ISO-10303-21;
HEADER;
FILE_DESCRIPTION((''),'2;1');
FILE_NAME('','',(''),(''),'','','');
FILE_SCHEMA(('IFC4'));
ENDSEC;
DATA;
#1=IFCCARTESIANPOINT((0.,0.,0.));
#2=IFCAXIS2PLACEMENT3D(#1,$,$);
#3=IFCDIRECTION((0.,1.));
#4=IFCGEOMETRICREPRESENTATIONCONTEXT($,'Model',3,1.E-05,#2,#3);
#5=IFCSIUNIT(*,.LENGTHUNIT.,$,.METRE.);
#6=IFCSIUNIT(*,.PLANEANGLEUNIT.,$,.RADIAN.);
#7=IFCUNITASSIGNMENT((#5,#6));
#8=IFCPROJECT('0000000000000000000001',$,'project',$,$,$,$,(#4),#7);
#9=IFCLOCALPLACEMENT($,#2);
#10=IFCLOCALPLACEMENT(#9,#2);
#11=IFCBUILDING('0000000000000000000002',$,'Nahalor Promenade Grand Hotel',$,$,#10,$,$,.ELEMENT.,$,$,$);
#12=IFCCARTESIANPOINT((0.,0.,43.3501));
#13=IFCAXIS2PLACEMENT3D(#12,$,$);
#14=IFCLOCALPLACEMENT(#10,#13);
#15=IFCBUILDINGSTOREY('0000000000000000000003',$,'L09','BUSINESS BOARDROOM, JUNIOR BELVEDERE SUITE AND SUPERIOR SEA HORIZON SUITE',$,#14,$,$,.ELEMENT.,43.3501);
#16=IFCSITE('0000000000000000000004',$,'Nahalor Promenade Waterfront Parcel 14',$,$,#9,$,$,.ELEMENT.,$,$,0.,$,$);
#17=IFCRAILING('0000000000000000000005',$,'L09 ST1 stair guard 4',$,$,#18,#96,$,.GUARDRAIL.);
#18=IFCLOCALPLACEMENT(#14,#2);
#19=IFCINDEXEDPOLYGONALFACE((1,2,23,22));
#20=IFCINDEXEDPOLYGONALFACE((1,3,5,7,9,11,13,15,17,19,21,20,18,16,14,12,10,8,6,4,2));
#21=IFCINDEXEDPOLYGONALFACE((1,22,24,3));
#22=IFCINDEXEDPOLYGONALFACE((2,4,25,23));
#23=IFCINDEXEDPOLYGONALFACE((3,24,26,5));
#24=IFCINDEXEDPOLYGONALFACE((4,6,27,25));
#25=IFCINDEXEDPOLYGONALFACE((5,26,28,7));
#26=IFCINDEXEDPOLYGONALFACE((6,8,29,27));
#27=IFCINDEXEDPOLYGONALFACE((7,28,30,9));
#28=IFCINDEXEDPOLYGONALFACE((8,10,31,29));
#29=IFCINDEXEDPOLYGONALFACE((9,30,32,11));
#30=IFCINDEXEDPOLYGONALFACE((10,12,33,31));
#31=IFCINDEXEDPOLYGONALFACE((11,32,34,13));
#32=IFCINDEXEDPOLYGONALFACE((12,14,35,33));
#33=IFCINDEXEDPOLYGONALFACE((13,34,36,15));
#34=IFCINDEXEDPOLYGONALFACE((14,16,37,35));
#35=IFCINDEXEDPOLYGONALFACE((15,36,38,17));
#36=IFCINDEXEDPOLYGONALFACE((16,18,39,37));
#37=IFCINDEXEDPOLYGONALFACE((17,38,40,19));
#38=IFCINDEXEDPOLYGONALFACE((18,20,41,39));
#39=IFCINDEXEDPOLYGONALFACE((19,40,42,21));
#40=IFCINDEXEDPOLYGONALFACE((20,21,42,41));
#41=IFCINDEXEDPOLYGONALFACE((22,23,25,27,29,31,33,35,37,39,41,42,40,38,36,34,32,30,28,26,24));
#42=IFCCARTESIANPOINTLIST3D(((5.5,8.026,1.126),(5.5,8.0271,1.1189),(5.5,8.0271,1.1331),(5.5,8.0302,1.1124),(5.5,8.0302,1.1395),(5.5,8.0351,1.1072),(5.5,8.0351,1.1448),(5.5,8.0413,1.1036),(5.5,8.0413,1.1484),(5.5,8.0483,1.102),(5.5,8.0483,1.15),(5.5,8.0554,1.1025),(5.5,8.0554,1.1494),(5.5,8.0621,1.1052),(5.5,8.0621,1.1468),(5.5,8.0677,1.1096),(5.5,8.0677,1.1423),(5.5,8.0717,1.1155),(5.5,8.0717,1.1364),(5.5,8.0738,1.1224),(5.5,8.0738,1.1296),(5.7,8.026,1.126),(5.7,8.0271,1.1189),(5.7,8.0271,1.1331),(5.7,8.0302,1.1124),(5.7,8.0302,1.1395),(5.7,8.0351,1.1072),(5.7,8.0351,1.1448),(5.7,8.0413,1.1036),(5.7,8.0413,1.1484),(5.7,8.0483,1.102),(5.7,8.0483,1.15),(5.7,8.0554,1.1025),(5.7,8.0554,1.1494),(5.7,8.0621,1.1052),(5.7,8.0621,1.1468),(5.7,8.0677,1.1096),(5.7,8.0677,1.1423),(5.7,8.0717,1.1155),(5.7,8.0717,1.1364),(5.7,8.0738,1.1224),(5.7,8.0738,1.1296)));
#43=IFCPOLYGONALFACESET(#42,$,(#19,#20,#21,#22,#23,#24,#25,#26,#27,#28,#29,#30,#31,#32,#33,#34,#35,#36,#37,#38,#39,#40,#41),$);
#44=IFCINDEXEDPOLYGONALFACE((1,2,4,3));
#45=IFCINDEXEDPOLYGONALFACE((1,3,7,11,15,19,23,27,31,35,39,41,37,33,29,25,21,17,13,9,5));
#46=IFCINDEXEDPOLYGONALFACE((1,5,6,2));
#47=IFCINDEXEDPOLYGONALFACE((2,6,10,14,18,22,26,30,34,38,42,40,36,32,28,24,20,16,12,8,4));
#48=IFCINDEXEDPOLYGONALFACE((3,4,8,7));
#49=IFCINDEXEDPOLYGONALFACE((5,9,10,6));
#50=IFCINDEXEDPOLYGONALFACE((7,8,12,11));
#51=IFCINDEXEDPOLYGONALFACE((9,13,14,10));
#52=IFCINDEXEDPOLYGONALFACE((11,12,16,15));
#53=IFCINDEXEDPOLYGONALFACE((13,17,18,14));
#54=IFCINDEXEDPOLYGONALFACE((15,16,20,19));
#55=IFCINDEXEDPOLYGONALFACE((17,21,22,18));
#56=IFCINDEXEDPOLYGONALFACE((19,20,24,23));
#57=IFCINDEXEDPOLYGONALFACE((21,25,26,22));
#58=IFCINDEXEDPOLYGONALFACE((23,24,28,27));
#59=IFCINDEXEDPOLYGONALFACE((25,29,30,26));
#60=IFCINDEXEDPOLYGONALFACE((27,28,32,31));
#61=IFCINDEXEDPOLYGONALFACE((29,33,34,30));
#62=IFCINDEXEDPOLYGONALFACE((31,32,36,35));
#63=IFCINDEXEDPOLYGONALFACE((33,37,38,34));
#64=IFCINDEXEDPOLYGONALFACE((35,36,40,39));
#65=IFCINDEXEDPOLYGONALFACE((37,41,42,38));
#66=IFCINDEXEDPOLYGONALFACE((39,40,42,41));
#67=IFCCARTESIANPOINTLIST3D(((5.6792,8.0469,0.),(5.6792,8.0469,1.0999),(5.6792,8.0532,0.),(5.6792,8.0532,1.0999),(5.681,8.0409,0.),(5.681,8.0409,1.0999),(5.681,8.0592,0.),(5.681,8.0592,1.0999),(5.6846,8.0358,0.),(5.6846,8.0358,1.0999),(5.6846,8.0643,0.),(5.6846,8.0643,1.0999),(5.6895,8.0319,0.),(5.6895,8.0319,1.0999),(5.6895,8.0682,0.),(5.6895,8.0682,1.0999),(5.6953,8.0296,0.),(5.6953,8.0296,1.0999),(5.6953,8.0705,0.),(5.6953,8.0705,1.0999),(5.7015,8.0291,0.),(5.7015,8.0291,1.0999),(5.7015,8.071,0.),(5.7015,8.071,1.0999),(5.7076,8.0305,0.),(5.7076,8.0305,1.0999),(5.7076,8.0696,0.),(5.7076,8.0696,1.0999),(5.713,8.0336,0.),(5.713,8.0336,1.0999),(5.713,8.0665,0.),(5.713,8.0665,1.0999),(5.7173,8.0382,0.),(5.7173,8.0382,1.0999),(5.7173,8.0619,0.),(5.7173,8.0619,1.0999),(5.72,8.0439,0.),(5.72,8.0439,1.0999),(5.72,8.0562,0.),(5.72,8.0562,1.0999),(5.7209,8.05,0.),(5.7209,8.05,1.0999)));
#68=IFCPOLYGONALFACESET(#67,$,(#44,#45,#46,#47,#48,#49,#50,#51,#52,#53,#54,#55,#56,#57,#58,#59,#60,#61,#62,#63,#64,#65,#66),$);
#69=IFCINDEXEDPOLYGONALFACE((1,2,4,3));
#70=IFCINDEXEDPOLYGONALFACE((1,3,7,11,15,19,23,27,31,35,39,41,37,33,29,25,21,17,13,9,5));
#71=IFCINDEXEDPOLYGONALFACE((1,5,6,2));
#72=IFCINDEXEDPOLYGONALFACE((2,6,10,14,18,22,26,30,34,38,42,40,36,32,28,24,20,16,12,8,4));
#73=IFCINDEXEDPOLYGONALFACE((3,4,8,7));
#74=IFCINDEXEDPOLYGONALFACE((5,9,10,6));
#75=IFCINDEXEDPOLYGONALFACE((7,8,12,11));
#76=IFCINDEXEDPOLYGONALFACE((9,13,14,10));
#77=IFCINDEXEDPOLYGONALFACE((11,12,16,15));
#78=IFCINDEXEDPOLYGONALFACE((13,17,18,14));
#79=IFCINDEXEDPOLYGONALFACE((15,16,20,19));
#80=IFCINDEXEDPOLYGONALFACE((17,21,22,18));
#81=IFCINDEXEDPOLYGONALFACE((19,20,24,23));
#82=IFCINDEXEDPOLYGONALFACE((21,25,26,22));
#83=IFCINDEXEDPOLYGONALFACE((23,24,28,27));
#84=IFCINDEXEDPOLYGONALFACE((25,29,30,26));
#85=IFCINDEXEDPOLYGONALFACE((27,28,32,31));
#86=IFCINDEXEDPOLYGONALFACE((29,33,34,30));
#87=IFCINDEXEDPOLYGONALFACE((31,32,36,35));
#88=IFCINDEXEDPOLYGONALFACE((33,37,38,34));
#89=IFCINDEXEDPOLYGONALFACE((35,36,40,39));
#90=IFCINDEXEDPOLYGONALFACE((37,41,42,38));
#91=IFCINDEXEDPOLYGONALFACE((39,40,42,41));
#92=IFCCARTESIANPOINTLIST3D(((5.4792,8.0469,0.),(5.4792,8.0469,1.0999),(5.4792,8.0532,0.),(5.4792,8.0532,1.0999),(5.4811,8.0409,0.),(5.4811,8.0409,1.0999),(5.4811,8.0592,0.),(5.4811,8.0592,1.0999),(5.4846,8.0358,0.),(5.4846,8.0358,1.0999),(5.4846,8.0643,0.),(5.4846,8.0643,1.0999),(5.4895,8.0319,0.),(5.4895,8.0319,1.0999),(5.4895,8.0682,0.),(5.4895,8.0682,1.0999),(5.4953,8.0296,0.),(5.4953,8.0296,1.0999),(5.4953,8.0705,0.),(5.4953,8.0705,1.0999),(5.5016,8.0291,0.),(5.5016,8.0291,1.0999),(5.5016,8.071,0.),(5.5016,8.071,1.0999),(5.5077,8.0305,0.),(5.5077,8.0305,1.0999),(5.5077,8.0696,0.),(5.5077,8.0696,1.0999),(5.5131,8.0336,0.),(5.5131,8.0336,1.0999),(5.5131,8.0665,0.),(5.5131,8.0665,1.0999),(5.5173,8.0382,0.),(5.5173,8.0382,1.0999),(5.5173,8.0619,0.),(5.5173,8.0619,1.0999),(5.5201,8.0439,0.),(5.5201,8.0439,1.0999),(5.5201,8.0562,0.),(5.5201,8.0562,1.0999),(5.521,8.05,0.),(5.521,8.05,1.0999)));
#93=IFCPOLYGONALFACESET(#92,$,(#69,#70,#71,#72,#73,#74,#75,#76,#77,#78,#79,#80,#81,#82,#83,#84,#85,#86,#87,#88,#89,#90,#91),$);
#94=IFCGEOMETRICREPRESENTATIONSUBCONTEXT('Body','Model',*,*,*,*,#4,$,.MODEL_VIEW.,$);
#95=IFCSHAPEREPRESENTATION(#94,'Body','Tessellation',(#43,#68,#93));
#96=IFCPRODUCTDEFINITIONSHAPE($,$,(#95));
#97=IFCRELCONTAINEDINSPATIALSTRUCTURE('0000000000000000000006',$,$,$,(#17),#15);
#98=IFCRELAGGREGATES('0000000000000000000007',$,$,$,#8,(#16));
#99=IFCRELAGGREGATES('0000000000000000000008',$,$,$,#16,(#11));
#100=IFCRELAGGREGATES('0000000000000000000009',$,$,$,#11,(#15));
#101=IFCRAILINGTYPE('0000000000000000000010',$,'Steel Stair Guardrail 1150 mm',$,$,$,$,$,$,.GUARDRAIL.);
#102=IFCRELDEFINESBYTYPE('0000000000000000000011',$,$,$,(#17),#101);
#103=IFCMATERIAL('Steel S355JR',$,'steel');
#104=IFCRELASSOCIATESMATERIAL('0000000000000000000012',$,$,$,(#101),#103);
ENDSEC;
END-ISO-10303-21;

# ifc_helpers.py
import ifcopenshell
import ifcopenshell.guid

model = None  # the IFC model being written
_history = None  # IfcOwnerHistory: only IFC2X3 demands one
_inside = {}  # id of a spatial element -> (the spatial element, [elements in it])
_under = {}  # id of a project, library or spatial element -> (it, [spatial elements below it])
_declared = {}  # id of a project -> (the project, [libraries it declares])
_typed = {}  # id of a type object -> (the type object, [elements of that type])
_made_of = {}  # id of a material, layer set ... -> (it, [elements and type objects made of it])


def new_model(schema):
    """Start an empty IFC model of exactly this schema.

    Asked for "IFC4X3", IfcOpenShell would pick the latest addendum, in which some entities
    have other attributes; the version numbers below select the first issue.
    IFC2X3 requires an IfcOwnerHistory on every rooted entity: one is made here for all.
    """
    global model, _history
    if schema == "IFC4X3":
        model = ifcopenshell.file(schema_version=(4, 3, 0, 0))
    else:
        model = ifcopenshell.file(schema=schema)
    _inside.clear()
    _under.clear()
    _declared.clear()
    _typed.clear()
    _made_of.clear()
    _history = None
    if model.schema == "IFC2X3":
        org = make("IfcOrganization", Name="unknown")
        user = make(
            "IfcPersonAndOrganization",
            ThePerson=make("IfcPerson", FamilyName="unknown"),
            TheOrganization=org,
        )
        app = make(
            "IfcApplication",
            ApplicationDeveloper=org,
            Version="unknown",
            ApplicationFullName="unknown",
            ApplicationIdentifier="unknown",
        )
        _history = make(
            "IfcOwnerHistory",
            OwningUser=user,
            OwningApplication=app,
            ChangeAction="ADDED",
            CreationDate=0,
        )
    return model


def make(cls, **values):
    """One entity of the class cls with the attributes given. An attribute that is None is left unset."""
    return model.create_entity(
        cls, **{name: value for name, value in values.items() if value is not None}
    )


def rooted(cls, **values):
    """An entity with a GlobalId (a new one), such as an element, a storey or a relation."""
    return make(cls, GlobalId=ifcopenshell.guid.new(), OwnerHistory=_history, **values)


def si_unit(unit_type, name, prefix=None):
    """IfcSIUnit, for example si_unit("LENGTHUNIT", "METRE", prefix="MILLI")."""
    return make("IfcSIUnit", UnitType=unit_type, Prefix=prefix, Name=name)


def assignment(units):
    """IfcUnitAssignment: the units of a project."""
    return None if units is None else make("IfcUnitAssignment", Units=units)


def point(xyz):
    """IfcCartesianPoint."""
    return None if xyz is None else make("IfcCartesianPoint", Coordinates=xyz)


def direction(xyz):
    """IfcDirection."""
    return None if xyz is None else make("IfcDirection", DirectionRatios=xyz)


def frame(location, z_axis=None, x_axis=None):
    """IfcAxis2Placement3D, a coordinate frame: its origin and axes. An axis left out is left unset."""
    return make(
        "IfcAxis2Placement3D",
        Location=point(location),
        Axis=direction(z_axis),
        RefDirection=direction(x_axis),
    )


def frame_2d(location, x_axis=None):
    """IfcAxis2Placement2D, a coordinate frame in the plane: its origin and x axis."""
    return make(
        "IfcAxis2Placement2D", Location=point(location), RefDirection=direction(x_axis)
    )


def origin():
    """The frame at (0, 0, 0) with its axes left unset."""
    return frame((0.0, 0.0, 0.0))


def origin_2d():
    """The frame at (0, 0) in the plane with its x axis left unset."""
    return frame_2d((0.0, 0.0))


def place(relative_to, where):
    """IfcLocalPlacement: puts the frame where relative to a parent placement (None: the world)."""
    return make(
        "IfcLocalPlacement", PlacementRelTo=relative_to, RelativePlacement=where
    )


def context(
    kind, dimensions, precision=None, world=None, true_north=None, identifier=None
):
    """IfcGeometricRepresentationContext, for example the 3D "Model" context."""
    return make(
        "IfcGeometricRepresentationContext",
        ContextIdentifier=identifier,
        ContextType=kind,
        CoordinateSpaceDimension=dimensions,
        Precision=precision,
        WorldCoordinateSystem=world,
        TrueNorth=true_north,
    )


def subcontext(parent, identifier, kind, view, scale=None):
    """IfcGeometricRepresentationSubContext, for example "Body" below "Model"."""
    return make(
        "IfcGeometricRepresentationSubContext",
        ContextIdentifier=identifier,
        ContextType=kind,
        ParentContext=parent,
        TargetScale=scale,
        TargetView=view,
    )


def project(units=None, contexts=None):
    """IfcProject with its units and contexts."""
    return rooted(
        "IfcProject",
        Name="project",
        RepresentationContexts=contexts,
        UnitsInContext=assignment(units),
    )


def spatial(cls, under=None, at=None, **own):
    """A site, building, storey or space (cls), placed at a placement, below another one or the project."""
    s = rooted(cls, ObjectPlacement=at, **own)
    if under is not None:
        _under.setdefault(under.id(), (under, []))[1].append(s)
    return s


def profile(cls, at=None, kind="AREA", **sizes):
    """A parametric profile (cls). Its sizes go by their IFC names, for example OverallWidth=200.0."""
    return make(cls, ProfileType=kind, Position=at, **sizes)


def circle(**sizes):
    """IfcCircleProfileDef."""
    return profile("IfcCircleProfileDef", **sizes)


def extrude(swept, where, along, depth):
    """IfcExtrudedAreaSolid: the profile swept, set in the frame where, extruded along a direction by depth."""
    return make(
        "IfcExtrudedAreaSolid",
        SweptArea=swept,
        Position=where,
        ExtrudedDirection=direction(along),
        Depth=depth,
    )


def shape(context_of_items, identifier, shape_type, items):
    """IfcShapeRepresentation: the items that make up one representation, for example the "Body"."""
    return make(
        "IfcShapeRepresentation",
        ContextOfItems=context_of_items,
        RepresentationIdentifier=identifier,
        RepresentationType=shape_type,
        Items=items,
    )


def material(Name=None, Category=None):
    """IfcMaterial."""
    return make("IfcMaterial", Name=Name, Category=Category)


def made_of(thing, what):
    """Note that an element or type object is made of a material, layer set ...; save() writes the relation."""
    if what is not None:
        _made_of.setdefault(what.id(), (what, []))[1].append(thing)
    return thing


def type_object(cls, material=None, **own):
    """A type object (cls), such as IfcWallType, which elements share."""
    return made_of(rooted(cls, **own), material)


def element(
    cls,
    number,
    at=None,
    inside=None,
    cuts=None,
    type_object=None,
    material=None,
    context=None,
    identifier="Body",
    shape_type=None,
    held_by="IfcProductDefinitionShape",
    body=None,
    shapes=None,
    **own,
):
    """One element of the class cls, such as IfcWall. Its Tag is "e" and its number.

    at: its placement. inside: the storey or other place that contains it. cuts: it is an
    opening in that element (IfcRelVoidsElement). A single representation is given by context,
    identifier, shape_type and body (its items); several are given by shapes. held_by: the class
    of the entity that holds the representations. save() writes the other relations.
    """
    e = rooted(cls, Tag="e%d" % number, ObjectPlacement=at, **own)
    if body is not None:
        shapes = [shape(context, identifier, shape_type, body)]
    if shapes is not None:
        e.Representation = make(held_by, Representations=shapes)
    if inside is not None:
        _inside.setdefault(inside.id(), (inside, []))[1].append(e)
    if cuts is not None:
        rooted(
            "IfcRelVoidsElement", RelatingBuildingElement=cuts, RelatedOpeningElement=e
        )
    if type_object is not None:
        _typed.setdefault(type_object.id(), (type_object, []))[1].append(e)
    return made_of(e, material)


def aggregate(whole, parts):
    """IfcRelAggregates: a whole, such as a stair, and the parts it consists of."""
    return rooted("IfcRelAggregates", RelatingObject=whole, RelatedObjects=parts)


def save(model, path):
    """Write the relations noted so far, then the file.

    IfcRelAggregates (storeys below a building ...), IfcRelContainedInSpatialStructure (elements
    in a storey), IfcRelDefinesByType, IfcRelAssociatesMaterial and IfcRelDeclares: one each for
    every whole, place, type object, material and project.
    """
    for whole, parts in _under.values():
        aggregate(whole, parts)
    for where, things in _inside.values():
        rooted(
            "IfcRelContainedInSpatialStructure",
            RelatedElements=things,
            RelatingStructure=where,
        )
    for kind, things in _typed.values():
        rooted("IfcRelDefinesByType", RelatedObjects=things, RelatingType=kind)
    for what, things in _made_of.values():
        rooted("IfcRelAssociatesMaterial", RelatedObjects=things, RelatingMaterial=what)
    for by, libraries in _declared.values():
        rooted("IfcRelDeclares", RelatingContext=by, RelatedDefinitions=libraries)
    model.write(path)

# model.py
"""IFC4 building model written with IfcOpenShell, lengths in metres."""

from ifc_helpers import new_model, si_unit, direction, frame, origin, origin_2d, place, context, subcontext, project, spatial, circle, extrude, material, type_object, element, save


model = new_model("IFC4")

# Units and contexts
model_context = context("Model", 3, precision=1e-05, world=origin(), true_north=direction((0.0, 1.0)))
body_context = subcontext(model_context, "Body", "Model", "MODEL_VIEW")
ifc_project = project(units=[si_unit("LENGTHUNIT", "METRE"), si_unit("PLANEANGLEUNIT", "RADIAN")], contexts=[model_context])

# Site, building, storey
site_placement = place(None, origin())
site = spatial("IfcSite", under=ifc_project, at=site_placement, Name="Nahalor Promenade Waterfront Parcel 14", CompositionType="ELEMENT", RefElevation=0.0)
building_placement = place(site_placement, origin())
building = spatial("IfcBuilding", under=site, at=building_placement, Name="Nahalor Promenade Grand Hotel", CompositionType="ELEMENT")
storey_placement = place(building_placement, frame((0.0, 0.0, 43.3501)))
storey = spatial("IfcBuildingStorey", under=building, at=storey_placement, Name="L09", Description="BUSINESS BOARDROOM, JUNIOR BELVEDERE SUITE AND SUPERIOR SEA HORIZON SUITE", CompositionType="ELEMENT", Elevation=43.3501)

# Shared definitions
ifc_material_1 = material(Name="Steel S355JR", Category="steel")

# Railing
railing_type_1 = type_object("IfcRailingType", Name="Steel Stair Guardrail 1150 mm", PredefinedType="GUARDRAIL", material=ifc_material_1)
railing_1_placement = place(storey_placement, frame((5.7, 8.05, 0.0)))
element("IfcRailing", 1, at=railing_1_placement, inside=storey, type_object=railing_type_1, Name="L09 ST1 stair guard 4", PredefinedType="GUARDRAIL", context=body_context, shape_type="SweptSolid", body=[
    extrude(circle(Radius=0.024, at=origin_2d()), frame((0.0, 0.0, 1.126), z_axis=(-1.0, 0.0, 0.0), x_axis=(0.0, -1.0, 0.0)), (0.0, 0.0, 1.0), 0.2),
    extrude(circle(Radius=0.021, at=origin_2d()), origin(), (0.0, 0.0, 1.0), 1.0999),
    extrude(circle(Radius=0.021, at=origin_2d()), frame((-0.2, 0.0, 0.0)), (0.0, 0.0, 1.0), 1.0999),
])

save(model, "model.ifc")
